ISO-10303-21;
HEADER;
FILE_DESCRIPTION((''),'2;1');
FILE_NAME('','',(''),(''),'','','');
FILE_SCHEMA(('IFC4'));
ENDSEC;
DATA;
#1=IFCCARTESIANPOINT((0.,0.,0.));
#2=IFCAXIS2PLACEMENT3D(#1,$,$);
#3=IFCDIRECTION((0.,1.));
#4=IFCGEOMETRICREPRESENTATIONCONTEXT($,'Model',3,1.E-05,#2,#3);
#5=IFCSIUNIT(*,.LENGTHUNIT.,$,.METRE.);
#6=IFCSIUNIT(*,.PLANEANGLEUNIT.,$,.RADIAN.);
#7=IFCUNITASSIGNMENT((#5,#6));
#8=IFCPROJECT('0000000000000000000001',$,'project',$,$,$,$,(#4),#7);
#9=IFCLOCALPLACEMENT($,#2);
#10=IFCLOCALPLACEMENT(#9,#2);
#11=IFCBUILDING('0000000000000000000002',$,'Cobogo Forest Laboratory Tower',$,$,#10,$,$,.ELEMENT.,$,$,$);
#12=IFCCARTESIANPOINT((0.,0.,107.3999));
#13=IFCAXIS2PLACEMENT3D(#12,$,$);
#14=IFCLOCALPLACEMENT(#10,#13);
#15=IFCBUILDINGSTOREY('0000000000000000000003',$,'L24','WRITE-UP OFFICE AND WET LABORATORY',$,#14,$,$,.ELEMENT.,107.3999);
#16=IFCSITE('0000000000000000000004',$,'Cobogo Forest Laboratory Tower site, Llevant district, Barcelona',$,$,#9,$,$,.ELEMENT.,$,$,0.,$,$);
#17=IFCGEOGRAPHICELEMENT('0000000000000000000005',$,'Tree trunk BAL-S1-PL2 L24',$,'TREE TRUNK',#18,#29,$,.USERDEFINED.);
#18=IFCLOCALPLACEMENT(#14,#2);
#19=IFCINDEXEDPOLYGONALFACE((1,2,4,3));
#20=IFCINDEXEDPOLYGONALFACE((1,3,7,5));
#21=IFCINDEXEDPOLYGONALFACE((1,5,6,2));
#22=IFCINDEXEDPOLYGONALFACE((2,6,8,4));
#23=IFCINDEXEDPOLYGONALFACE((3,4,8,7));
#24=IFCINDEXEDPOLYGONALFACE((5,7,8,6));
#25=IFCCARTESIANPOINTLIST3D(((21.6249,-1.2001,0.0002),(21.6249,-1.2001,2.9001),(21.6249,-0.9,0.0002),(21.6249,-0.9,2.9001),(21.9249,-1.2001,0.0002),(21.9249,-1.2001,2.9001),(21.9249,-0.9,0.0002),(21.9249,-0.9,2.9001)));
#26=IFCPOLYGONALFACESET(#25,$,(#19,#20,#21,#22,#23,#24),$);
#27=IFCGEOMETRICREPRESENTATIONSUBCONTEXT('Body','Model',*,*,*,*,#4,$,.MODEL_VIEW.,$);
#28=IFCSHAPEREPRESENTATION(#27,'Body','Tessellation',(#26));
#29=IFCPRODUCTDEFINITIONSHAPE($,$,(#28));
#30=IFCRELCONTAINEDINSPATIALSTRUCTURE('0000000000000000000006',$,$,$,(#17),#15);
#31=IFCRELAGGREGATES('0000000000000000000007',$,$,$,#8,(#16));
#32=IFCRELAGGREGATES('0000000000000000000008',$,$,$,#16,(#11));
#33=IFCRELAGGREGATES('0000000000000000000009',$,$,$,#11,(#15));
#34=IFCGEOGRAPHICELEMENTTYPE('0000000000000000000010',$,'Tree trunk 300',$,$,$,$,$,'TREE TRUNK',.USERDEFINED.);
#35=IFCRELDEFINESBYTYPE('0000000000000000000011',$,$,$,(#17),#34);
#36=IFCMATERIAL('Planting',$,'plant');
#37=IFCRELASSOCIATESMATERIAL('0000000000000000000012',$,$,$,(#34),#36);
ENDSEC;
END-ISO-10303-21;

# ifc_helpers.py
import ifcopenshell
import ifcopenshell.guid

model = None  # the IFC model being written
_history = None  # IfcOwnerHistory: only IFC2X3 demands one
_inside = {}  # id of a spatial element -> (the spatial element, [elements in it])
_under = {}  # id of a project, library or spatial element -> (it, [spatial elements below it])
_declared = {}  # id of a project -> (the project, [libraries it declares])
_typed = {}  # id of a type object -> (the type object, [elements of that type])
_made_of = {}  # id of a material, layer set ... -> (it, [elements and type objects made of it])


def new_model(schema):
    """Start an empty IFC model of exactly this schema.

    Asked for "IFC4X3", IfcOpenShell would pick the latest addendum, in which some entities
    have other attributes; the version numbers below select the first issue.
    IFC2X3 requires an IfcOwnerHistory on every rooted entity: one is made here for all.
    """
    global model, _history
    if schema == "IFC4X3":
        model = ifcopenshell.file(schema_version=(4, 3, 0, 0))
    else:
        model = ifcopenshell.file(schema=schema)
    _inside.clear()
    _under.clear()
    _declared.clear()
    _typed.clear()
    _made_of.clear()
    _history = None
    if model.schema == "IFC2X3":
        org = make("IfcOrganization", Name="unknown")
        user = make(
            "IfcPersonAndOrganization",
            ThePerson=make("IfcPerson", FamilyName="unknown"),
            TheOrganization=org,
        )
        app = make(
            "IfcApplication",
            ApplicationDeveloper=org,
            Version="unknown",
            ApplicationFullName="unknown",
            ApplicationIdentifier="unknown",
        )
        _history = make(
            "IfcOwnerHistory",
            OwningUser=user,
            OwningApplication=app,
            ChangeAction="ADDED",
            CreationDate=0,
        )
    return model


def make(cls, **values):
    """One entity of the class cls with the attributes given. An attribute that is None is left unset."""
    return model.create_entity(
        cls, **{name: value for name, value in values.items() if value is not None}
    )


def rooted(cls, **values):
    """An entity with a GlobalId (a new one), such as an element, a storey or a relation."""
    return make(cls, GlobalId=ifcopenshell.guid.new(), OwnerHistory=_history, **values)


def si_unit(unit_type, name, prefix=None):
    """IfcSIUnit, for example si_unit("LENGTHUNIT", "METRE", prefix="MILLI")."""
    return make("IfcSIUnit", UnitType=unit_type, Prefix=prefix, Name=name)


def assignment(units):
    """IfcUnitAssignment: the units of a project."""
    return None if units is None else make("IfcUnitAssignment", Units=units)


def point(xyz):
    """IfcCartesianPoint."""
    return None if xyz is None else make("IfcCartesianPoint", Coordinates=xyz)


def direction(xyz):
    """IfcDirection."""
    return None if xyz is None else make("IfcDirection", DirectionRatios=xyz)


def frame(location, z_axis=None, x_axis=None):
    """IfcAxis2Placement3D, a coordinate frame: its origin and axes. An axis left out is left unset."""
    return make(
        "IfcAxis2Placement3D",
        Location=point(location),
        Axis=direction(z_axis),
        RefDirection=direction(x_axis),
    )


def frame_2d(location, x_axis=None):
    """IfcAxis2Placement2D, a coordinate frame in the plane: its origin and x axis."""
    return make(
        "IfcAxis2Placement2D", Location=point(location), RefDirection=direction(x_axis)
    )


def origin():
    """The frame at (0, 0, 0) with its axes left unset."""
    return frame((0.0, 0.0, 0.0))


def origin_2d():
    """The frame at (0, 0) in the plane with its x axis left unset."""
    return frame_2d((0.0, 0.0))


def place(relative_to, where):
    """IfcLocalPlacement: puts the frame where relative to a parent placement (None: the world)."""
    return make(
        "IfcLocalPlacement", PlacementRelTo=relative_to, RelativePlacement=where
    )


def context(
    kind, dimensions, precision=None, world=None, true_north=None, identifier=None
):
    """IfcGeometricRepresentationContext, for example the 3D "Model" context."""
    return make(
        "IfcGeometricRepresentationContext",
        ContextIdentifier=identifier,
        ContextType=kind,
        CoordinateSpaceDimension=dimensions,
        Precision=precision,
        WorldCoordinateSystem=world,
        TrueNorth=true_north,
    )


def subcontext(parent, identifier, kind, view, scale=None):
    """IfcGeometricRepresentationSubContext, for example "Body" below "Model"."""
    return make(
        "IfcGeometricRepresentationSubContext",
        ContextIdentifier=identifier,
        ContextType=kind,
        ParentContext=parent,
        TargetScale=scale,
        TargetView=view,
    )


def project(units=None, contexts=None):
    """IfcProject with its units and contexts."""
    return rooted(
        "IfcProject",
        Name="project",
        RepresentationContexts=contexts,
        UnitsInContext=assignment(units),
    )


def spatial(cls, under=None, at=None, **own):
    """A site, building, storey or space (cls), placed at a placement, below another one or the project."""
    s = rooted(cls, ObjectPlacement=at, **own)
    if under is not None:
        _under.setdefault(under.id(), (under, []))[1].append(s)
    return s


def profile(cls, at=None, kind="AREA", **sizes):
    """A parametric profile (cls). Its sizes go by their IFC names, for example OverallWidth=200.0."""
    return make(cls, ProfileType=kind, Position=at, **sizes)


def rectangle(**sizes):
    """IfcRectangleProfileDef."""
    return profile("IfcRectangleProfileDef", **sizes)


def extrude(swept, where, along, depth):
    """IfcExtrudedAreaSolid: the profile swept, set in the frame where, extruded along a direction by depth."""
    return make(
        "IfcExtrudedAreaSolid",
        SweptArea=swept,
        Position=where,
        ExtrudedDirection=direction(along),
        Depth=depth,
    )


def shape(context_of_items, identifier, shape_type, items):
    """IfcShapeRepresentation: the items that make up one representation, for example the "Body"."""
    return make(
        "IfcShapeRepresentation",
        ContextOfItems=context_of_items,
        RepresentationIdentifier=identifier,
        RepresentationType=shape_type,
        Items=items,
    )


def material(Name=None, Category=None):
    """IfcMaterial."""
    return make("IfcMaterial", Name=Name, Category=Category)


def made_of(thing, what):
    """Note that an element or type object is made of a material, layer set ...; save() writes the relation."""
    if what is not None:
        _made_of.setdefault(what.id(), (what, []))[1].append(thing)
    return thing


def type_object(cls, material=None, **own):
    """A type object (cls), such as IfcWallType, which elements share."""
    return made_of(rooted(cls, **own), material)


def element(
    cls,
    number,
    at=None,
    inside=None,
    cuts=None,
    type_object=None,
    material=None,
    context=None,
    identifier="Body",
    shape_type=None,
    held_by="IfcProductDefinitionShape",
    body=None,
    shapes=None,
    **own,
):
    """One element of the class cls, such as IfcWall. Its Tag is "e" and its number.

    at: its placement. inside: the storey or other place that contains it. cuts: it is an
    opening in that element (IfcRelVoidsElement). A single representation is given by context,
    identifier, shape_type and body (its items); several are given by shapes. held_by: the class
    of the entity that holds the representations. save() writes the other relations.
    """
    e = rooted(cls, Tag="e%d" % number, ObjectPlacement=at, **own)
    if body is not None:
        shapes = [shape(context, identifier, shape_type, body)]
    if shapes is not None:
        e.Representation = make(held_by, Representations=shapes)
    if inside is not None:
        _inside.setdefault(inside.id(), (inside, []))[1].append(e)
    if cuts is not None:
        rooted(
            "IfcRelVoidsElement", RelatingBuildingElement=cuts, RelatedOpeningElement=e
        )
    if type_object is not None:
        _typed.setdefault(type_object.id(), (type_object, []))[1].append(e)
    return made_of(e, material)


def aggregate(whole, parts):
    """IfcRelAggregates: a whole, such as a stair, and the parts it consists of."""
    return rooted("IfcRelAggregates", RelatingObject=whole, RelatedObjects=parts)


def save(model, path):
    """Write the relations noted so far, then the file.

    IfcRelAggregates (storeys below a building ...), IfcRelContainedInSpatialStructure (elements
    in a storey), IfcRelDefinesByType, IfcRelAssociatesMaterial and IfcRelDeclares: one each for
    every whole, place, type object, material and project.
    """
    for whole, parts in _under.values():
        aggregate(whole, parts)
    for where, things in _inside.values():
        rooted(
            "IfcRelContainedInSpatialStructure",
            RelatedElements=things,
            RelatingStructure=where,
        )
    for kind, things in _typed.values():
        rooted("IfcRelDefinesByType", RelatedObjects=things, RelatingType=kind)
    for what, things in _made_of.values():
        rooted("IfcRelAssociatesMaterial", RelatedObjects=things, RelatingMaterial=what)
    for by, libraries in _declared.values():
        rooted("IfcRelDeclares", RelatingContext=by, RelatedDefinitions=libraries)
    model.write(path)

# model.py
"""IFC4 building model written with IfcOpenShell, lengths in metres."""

from ifc_helpers import new_model, si_unit, direction, frame, origin, origin_2d, place, context, subcontext, project, spatial, rectangle, extrude, material, type_object, element, save


model = new_model("IFC4")

# Units and contexts
model_context = context("Model", 3, precision=1e-05, world=origin(), true_north=direction((0.0, 1.0)))
body_context = subcontext(model_context, "Body", "Model", "MODEL_VIEW")
ifc_project = project(units=[si_unit("LENGTHUNIT", "METRE"), si_unit("PLANEANGLEUNIT", "RADIAN")], contexts=[model_context])

# Site, building, storey
site_placement = place(None, origin())
site = spatial("IfcSite", under=ifc_project, at=site_placement, Name="Cobogo Forest Laboratory Tower site, Llevant district, Barcelona", CompositionType="ELEMENT", RefElevation=0.0)
building_placement = place(site_placement, origin())
building = spatial("IfcBuilding", under=site, at=building_placement, Name="Cobogo Forest Laboratory Tower", CompositionType="ELEMENT")
storey_placement = place(building_placement, frame((0.0, 0.0, 107.3999)))
storey = spatial("IfcBuildingStorey", under=building, at=storey_placement, Name="L24", Description="WRITE-UP OFFICE AND WET LABORATORY", CompositionType="ELEMENT", Elevation=107.3999)

# Geographic element
ifc_material_1 = material(Name="Planting", Category="plant")
geographic_element_type = type_object("IfcGeographicElementType", Name="Tree trunk 300", ElementType="TREE TRUNK", PredefinedType="USERDEFINED", material=ifc_material_1)
geographic_element_placement = place(storey_placement, frame((21.7749, -1.05, 0.0002), z_axis=(0.0, 0.0, 1.0), x_axis=(1.0, 0.0, 0.0)))
element("IfcGeographicElement", 1, at=geographic_element_placement, inside=storey, type_object=geographic_element_type, Name="Tree trunk BAL-S1-PL2 L24", ObjectType="TREE TRUNK", PredefinedType="USERDEFINED", context=body_context, shape_type="SweptSolid", body=[
    extrude(rectangle(XDim=0.3, YDim=0.3, at=origin_2d()), origin(), (0.0, 0.0, 1.0), 2.8999),
])

save(model, "model.ifc")
